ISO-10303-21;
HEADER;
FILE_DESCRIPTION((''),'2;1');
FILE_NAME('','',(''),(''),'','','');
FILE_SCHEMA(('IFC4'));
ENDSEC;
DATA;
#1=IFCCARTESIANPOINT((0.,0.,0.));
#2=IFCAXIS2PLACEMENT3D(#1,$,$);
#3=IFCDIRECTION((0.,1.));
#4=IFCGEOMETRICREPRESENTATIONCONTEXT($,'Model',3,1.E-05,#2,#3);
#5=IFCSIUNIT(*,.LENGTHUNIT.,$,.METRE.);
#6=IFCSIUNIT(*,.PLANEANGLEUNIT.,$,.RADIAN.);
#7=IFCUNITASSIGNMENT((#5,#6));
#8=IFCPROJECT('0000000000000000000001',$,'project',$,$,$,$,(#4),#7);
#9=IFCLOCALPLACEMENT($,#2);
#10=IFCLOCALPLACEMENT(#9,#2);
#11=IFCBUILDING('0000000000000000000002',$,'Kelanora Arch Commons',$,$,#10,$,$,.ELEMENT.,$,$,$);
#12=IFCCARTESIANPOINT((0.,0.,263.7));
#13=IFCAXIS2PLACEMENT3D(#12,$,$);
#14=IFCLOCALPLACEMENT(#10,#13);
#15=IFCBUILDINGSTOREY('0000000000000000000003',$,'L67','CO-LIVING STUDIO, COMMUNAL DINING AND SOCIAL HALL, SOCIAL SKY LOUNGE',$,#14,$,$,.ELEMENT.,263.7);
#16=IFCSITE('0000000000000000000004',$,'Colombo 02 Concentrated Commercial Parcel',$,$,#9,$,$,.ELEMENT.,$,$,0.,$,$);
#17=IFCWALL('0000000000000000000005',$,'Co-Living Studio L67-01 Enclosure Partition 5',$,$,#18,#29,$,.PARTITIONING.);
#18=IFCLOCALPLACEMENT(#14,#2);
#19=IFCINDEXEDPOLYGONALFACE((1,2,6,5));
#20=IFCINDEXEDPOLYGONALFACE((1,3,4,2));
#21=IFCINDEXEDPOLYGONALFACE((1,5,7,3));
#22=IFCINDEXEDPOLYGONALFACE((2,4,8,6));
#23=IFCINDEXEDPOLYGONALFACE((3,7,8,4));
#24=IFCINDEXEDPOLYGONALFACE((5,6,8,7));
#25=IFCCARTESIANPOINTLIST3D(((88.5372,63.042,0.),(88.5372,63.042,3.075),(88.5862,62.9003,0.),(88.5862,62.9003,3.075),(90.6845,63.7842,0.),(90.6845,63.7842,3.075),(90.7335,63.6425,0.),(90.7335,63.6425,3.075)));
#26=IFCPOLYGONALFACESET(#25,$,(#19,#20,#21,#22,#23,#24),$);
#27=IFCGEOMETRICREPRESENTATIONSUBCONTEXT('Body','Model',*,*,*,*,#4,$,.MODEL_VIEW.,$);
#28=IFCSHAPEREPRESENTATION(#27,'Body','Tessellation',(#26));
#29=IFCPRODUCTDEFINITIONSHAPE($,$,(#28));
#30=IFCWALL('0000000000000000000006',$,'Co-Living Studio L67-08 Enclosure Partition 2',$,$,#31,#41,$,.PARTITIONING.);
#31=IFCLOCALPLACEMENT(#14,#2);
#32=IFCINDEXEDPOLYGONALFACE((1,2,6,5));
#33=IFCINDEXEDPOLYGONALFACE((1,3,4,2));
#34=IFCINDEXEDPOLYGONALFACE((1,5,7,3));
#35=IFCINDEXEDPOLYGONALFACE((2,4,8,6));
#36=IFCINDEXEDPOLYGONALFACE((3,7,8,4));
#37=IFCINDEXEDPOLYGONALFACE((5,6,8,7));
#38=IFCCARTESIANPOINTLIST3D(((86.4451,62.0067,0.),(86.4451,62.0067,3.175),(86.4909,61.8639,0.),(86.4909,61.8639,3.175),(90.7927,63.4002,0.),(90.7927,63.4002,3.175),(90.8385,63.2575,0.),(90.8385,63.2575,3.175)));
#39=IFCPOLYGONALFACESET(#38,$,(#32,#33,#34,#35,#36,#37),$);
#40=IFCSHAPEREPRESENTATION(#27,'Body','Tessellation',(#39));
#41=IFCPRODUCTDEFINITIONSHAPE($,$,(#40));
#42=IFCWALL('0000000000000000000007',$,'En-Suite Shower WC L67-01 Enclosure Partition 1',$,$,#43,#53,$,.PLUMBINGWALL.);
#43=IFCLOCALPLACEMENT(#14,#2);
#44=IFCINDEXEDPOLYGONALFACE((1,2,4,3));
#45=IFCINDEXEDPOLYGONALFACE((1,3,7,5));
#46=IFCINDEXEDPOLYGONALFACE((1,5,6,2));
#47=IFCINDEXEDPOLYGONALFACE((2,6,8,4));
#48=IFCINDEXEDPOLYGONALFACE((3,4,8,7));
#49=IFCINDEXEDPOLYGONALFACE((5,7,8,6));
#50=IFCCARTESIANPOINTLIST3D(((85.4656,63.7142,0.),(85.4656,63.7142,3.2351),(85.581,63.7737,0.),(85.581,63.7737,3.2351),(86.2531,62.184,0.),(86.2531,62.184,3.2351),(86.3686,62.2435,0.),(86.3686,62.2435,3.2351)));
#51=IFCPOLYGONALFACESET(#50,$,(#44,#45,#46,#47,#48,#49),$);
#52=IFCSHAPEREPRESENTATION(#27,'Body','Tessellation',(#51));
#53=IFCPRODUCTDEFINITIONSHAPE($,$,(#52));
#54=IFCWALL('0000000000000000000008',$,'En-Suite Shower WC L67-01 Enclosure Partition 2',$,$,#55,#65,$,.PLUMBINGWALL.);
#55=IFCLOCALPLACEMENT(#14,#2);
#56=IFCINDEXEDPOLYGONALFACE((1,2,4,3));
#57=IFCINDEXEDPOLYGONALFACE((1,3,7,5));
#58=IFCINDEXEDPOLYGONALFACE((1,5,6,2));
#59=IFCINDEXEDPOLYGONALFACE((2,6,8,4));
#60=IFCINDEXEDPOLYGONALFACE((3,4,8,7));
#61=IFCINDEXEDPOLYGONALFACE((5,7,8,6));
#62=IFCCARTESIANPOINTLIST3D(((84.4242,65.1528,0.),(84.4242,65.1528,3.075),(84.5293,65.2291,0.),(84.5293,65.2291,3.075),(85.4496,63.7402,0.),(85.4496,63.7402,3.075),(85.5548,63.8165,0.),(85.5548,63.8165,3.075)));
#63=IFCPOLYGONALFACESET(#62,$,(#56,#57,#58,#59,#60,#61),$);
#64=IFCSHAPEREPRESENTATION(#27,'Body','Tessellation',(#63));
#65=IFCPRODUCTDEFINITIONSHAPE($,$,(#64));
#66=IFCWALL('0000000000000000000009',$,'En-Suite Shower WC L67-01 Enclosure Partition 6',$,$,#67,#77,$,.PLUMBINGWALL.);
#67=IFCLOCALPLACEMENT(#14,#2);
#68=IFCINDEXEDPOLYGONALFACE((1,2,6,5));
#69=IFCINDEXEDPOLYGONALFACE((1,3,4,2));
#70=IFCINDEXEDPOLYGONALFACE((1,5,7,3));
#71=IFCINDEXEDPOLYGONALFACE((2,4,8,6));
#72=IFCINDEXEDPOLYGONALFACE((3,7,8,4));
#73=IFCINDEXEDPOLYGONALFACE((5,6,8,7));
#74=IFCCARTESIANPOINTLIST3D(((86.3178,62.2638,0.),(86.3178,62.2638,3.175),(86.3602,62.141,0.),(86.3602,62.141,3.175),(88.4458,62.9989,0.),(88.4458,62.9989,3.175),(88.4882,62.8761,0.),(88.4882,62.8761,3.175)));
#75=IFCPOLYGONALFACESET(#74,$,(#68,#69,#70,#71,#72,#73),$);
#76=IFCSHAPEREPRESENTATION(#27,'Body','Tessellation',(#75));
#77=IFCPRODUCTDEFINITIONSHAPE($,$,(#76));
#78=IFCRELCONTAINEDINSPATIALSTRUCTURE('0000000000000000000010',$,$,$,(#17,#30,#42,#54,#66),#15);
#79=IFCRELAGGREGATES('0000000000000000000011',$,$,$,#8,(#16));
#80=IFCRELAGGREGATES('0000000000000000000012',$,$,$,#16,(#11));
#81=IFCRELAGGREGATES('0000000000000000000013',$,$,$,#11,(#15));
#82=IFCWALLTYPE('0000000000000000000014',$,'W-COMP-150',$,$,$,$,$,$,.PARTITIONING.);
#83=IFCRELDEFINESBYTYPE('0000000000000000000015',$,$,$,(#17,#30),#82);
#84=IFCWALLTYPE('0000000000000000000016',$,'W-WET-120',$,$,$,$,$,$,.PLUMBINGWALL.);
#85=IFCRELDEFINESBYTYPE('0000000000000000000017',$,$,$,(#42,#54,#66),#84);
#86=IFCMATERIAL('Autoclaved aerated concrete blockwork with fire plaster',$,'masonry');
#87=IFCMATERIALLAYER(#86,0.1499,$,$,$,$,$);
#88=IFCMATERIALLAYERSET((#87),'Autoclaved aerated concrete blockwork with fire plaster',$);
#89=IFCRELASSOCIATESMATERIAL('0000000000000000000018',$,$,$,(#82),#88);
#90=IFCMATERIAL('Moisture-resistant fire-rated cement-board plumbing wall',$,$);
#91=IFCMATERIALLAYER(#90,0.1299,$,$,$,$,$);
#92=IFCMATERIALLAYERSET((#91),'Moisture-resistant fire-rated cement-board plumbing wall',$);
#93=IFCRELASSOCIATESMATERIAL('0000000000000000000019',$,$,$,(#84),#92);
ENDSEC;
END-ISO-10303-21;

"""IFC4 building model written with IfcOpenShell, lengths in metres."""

from ifc_helpers import new_model, si_unit, direction, frame, frame_2d, origin, place, context, subcontext, project, spatial, rectangle, extrude, material, layer, layer_set, type_object, element, save


model = new_model("IFC4")

# Units and contexts
model_context = context("Model", 3, precision=1e-05, world=origin(), true_north=direction((0.0, 1.0)))
body_context = subcontext(model_context, "Body", "Model", "MODEL_VIEW")
ifc_project = project(units=[si_unit("LENGTHUNIT", "METRE"), si_unit("PLANEANGLEUNIT", "RADIAN")], contexts=[model_context])

# Site, building, storey
site_placement = place(None, origin())
site = spatial("IfcSite", under=ifc_project, at=site_placement, Name="Colombo 02 Concentrated Commercial Parcel", CompositionType="ELEMENT", RefElevation=0.0)
building_placement = place(site_placement, origin())
building = spatial("IfcBuilding", under=site, at=building_placement, Name="Kelanora Arch Commons", CompositionType="ELEMENT")
storey_placement = place(building_placement, frame((0.0, 0.0, 263.7)))
storey = spatial("IfcBuildingStorey", under=building, at=storey_placement, Name="L67", Description="CO-LIVING STUDIO, COMMUNAL DINING AND SOCIAL HALL, SOCIAL SKY LOUNGE", CompositionType="ELEMENT", Elevation=263.7)

# Walls
ifc_material_1 = material(Name="Autoclaved aerated concrete blockwork with fire plaster", Category="masonry")
ifc_layer_1 = layer(ifc_material_1, 0.1499)
ifc_layer_set_1 = layer_set([ifc_layer_1], Name="Autoclaved aerated concrete blockwork with fire plaster")
wall_type_1 = type_object("IfcWallType", Name="W-COMP-150", PredefinedType="PARTITIONING", material=ifc_layer_set_1)
wall_1_placement = place(storey_placement, frame((90.709, 63.7134, 0.0), z_axis=(0.0, 0.0, 1.0), x_axis=(-0.945133, -0.326686, 0.0)))
element("IfcWall", 1, at=wall_1_placement, inside=storey, type_object=wall_type_1, Name="Co-Living Studio L67-01 Enclosure Partition 5", PredefinedType="PARTITIONING", context=body_context, shape_type="SweptSolid", body=[
    extrude(rectangle(XDim=2.272, YDim=0.1499, at=frame_2d((1.136, 0.0))), origin(), (0.0, 0.0, 1.0), 3.075),
])
wall_2_placement = place(storey_placement, frame((86.468, 61.9353, 0.0), z_axis=(0.0, 0.0, 1.0), x_axis=(0.952278, 0.305234, 0.0)))
element("IfcWall", 2, at=wall_2_placement, inside=storey, type_object=wall_type_1, Name="Co-Living Studio L67-08 Enclosure Partition 2", PredefinedType="PARTITIONING", context=body_context, shape_type="SweptSolid", body=[
    extrude(rectangle(XDim=4.5654, YDim=0.1499, at=frame_2d((2.2827, 0.0))), origin(), (0.0, 0.0, 1.0), 3.175),
])
ifc_material_2 = material(Name="Moisture-resistant fire-rated cement-board plumbing wall")
ifc_layer_2 = layer(ifc_material_2, 0.1299)
ifc_layer_set_2 = layer_set([ifc_layer_2], Name="Moisture-resistant fire-rated cement-board plumbing wall")
wall_type_2 = type_object("IfcWallType", Name="W-WET-120", PredefinedType="PLUMBINGWALL", material=ifc_layer_set_2)
wall_3_placement = place(storey_placement, frame((86.3108, 62.2139, 0.0), z_axis=(0.0, 0.0, 1.0), x_axis=(-0.457624, 0.889146, 0.0)))
element("IfcWall", 3, at=wall_3_placement, inside=storey, type_object=wall_type_2, Name="En-Suite Shower WC L67-01 Enclosure Partition 1", PredefinedType="PLUMBINGWALL", context=body_context, shape_type="SweptSolid", body=[
    extrude(rectangle(XDim=1.7209, YDim=0.1299, at=frame_2d((0.8604, 0.0))), origin(), (0.0, 0.0, 1.0), 3.2351),
])
wall_4_placement = place(storey_placement, frame((85.5022, 63.7783, 0.0), z_axis=(0.0, 0.0, 1.0), x_axis=(-0.58744, 0.809268, 0.0)))
element("IfcWall", 4, at=wall_4_placement, inside=storey, type_object=wall_type_2, Name="En-Suite Shower WC L67-01 Enclosure Partition 2", PredefinedType="PLUMBINGWALL", context=body_context, shape_type="SweptSolid", body=[
    extrude(rectangle(XDim=1.7456, YDim=0.1299, at=frame_2d((0.8728, 0.0))), origin(), (0.0, 0.0, 1.0), 3.075),
])
wall_5_placement = place(storey_placement, frame((88.467, 62.9375, 0.0), z_axis=(0.0, 0.0, 1.0), x_axis=(-0.945201, -0.326489, 0.0)))
element("IfcWall", 5, at=wall_5_placement, inside=storey, type_object=wall_type_2, Name="En-Suite Shower WC L67-01 Enclosure Partition 6", PredefinedType="PLUMBINGWALL", context=body_context, shape_type="SweptSolid", body=[
    extrude(rectangle(XDim=2.2515, YDim=0.1299, at=frame_2d((1.1257, 0.0))), origin(), (0.0, 0.0, 1.0), 3.175),
])

save(model, "model.ifc")
